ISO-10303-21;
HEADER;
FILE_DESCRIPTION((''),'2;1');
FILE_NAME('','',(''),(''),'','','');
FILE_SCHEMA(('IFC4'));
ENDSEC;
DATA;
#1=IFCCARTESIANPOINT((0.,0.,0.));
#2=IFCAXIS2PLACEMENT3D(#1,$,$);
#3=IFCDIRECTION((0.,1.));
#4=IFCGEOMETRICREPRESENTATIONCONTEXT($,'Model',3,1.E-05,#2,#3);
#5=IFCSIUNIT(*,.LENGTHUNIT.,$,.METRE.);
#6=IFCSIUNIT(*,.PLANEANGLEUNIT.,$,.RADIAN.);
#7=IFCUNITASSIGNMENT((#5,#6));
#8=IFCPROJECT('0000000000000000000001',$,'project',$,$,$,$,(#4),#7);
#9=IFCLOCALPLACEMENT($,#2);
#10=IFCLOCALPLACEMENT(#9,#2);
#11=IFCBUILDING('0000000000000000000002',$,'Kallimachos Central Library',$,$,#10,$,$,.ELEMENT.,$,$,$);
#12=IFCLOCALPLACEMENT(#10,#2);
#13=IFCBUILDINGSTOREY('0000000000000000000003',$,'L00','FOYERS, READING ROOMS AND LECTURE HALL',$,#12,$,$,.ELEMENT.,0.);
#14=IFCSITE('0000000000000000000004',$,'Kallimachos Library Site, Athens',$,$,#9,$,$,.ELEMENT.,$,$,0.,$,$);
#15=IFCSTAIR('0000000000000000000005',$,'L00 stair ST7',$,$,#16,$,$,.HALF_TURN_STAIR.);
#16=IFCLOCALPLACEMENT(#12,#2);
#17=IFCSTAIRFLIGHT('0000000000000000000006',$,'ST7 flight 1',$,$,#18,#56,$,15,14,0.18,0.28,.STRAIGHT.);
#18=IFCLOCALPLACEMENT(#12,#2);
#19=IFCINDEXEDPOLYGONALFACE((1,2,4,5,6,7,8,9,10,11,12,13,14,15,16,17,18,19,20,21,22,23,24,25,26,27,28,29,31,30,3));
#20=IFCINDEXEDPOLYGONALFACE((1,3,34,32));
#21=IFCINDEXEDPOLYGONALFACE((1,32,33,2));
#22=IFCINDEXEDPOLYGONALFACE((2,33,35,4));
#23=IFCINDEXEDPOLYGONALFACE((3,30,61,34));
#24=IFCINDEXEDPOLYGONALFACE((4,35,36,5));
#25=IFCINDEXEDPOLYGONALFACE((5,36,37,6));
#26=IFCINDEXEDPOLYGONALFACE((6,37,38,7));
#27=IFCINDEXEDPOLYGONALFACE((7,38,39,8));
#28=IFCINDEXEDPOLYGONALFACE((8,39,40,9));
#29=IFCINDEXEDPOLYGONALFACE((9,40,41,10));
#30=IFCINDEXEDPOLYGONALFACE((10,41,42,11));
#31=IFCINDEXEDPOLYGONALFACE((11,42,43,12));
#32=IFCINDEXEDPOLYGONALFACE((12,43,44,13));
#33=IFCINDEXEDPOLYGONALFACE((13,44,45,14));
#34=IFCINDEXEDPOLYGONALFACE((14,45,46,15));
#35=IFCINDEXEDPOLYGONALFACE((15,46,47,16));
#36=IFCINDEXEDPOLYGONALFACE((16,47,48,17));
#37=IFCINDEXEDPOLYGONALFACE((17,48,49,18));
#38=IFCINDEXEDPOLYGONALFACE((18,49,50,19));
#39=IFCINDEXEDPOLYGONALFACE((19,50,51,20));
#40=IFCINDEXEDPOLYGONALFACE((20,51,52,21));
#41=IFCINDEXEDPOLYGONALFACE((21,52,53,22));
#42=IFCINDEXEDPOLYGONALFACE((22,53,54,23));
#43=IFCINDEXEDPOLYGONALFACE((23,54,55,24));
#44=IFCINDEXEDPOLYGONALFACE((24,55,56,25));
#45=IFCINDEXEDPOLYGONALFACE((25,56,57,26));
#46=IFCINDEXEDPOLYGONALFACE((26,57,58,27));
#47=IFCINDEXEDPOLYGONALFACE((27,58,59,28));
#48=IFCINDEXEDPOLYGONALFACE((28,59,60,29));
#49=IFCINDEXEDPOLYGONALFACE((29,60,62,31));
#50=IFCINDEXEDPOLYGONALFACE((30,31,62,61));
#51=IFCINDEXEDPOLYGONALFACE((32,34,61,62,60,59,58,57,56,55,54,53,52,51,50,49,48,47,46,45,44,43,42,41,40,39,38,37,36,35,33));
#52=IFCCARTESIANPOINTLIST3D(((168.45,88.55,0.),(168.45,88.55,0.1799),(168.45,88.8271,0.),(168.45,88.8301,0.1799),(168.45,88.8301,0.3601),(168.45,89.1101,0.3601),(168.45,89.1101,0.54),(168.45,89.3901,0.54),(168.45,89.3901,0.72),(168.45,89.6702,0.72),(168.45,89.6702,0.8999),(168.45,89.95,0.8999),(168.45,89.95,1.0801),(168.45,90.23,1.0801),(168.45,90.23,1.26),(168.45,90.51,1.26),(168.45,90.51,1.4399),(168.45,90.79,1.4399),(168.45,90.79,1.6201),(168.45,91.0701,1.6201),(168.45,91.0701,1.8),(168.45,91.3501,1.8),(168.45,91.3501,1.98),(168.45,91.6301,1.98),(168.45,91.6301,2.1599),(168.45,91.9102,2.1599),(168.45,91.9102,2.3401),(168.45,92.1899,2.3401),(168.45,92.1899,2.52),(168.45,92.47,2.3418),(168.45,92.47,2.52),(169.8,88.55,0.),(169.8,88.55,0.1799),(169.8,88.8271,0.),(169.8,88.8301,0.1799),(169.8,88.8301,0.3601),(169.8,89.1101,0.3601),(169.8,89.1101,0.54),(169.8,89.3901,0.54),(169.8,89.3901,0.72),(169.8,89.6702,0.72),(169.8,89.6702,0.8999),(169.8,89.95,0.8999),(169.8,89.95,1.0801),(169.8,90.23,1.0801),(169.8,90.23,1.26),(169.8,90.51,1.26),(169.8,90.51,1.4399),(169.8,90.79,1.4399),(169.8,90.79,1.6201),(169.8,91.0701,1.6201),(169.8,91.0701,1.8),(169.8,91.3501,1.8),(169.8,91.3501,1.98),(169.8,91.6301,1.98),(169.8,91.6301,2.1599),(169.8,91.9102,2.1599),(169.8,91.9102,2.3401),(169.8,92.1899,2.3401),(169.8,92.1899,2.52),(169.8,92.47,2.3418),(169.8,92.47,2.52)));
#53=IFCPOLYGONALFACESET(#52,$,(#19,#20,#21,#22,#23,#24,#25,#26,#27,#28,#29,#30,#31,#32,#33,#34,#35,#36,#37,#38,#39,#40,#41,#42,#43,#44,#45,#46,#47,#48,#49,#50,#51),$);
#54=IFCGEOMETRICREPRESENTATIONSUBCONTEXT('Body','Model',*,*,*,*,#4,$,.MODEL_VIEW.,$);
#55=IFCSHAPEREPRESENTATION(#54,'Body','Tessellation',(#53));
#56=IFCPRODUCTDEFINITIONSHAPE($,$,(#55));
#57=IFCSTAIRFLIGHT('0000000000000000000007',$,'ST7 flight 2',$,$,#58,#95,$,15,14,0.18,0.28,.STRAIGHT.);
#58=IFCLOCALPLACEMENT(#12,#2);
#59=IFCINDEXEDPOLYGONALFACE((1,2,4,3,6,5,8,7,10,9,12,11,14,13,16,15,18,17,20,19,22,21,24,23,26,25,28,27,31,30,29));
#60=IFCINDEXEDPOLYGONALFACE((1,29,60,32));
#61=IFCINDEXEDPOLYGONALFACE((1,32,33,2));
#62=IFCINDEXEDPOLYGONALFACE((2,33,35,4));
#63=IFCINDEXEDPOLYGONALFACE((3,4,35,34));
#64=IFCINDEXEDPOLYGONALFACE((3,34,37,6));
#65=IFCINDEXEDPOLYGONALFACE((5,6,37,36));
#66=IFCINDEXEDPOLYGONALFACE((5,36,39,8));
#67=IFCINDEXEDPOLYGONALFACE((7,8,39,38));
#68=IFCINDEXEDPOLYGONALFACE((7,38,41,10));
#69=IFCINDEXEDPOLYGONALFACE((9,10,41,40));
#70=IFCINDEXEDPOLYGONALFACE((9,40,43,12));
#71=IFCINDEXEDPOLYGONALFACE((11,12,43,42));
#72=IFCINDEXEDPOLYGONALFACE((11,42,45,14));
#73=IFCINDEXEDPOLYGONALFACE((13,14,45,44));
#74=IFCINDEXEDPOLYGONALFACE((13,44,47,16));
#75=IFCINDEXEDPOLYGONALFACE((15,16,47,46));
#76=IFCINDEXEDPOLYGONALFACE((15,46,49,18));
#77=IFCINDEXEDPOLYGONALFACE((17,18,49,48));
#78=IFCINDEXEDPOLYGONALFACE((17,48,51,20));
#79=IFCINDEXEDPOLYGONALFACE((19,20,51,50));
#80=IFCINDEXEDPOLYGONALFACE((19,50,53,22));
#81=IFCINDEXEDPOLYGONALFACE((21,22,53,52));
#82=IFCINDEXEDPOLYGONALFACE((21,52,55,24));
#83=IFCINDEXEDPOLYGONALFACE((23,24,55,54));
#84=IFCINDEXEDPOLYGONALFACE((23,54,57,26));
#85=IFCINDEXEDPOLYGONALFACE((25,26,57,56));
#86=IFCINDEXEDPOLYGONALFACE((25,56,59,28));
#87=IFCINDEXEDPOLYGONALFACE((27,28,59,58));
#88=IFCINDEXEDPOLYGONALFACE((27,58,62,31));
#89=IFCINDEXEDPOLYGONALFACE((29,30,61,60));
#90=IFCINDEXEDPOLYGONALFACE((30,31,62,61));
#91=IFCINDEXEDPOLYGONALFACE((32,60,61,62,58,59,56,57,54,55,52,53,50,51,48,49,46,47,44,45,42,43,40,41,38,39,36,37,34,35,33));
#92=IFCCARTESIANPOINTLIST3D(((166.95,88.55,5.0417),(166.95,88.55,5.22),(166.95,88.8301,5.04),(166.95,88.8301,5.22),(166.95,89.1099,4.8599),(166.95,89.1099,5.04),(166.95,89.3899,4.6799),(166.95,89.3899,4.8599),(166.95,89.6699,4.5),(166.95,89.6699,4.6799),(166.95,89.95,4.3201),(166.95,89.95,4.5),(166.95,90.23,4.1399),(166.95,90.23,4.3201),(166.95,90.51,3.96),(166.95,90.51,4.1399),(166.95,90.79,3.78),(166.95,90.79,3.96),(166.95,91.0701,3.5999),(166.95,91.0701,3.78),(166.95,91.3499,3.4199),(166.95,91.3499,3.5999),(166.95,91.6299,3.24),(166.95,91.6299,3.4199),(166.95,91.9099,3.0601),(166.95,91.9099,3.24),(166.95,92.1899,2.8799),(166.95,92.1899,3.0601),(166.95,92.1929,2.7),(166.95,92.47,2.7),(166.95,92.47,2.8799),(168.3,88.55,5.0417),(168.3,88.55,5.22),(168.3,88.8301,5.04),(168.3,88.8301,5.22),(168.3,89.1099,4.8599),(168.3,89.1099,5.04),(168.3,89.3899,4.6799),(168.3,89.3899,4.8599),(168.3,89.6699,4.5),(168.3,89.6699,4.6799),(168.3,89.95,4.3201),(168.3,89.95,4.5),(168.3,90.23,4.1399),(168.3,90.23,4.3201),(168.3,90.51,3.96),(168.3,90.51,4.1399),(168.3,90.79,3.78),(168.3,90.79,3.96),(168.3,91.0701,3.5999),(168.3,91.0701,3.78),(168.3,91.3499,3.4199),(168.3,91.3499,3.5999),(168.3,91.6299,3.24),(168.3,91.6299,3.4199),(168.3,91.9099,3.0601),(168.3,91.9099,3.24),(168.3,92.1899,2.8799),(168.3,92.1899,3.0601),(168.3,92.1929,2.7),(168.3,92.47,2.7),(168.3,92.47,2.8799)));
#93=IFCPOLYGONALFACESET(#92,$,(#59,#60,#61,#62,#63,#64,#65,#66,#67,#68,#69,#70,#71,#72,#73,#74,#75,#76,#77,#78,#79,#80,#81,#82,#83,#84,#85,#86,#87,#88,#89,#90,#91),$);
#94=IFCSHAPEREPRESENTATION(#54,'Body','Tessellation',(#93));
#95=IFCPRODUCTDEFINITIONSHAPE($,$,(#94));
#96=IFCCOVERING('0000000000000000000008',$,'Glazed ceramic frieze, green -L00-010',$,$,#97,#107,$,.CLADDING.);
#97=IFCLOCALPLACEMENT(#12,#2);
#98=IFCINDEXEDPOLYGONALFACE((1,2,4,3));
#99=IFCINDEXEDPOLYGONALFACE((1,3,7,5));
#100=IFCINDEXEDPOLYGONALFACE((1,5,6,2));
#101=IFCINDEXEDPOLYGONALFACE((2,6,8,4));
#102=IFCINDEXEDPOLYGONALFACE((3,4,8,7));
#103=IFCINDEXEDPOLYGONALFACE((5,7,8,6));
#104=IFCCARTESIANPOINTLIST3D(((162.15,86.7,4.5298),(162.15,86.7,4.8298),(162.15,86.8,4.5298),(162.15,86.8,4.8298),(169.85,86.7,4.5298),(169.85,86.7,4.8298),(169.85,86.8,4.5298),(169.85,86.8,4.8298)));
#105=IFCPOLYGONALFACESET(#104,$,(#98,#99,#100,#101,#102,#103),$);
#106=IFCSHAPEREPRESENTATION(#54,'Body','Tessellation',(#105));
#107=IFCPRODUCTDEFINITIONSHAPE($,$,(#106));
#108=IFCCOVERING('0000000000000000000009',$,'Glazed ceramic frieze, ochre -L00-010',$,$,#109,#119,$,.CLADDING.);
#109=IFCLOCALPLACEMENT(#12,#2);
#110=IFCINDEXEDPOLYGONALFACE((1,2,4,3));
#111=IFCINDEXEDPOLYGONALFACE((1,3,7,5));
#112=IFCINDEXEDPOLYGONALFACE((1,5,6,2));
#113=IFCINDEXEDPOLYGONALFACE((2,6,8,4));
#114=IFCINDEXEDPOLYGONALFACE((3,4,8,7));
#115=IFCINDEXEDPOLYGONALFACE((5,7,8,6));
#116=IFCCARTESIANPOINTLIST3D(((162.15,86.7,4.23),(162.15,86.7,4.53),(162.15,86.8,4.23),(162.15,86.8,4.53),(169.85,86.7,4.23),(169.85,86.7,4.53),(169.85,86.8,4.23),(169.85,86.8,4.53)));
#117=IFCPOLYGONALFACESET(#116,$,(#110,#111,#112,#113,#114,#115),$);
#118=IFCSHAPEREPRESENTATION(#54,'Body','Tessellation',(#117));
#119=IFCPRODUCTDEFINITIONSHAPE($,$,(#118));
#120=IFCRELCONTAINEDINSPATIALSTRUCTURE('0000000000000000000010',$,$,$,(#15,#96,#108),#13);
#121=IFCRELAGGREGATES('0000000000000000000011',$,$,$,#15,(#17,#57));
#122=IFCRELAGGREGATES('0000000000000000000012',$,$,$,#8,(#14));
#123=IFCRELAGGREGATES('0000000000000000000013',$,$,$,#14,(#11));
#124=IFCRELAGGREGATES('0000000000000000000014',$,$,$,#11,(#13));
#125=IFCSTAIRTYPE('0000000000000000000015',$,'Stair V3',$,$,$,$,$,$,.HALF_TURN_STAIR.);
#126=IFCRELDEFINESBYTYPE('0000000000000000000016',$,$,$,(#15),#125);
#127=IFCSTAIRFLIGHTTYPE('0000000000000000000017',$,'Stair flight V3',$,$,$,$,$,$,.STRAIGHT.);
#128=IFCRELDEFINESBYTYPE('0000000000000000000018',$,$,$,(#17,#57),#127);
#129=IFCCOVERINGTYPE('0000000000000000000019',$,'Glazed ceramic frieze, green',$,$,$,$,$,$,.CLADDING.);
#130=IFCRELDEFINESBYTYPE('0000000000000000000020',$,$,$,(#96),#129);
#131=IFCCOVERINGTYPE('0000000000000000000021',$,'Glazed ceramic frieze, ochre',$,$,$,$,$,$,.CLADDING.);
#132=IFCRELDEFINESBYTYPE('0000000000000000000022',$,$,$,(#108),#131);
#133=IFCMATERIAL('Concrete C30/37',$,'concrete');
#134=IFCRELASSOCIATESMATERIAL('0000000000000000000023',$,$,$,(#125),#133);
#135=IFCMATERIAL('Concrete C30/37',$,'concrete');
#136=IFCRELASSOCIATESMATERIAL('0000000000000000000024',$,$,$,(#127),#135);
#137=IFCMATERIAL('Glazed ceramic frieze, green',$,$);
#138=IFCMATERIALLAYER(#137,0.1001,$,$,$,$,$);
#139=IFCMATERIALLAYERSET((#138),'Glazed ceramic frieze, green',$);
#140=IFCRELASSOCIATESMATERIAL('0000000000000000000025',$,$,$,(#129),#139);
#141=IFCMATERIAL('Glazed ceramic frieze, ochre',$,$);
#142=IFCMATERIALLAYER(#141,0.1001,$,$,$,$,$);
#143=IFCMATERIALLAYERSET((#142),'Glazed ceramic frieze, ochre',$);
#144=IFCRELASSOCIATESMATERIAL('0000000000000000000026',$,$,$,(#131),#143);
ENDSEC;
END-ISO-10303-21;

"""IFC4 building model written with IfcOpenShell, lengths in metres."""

from ifc_helpers import new_model, si_unit, direction, frame, origin, origin_2d, place, context, subcontext, project, spatial, polyline, rectangle, outline, extrude, material, layer, layer_set, type_object, element, aggregate, save


model = new_model("IFC4")

# Units and contexts
model_context = context("Model", 3, precision=1e-05, world=origin(), true_north=direction((0.0, 1.0)))
body_context = subcontext(model_context, "Body", "Model", "MODEL_VIEW")
ifc_project = project(units=[si_unit("LENGTHUNIT", "METRE"), si_unit("PLANEANGLEUNIT", "RADIAN")], contexts=[model_context])

# Site, building, storey
site_placement = place(None, origin())
site = spatial("IfcSite", under=ifc_project, at=site_placement, Name="Kallimachos Library Site, Athens", CompositionType="ELEMENT", RefElevation=0.0)
building_placement = place(site_placement, origin())
building = spatial("IfcBuilding", under=site, at=building_placement, Name="Kallimachos Central Library", CompositionType="ELEMENT")
storey_placement = place(building_placement, origin())
storey = spatial("IfcBuildingStorey", under=building, at=storey_placement, Name="L00", Description="FOYERS, READING ROOMS AND LECTURE HALL", CompositionType="ELEMENT", Elevation=0.0)

# Stair, stair flights
ifc_material_1 = material(Name="Concrete C30/37", Category="concrete")
stair_type = type_object("IfcStairType", Name="Stair V3", PredefinedType="HALF_TURN_STAIR", material=ifc_material_1)
stair_placement = place(storey_placement, origin())
stair = element("IfcStair", 1, at=stair_placement, inside=storey, type_object=stair_type, Name="L00 stair ST7", PredefinedType="HALF_TURN_STAIR")
ifc_material_2 = material(Name="Concrete C30/37", Category="concrete")
stair_flight_type = type_object("IfcStairFlightType", Name="Stair flight V3", PredefinedType="STRAIGHT", material=ifc_material_2)
stair_flight_1_placement = place(storey_placement, frame((169.125, 88.55, 0.0), z_axis=(0.0, 0.0, 1.0), x_axis=(0.0, 1.0, 0.0)))
stair_flight_1 = element("IfcStairFlight", 2, at=stair_flight_1_placement, type_object=stair_flight_type, Name="ST7 flight 1", NumberOfRisers=15, NumberOfTreads=14, PredefinedType="STRAIGHT", RiserHeight=0.18, TreadLength=0.28, context=body_context, shape_type="SweptSolid", body=[
    extrude(outline(polyline([(0.0, 0.0), (0.0, 0.1799), (0.28, 0.1799), (0.28, 0.3601), (0.5601, 0.3601), (0.5601, 0.54), (0.8401, 0.54), (0.8401, 0.72), (1.1201, 0.72), (1.1201, 0.8999), (1.3999, 0.8999), (1.3999, 1.0801), (1.6799, 1.0801), (1.6799, 1.26), (1.96, 1.26), (1.96, 1.4399), (2.24, 1.4399), (2.24, 1.6201), (2.52, 1.6201), (2.52, 1.8), (2.8, 1.8), (2.8, 1.98), (3.0801, 1.98), (3.0801, 2.1599), (3.3601, 2.1599), (3.3601, 2.3401), (3.6399, 2.3401), (3.6399, 2.52), (3.9199, 2.52), (3.9199, 2.7), (3.9199, 2.3418), (0.2771, 0.0), (0.0, 0.0)])), frame((0.0, 0.675, 0.0), z_axis=(0.0, -1.0, 0.0), x_axis=(1.0, 0.0, 0.0)), (0.0, 0.0, 1.0), 1.3501),
])
stair_flight_2_placement = place(storey_placement, frame((167.625, 92.47, 2.7), z_axis=(0.0, 0.0, 1.0), x_axis=(0.0, -1.0, 0.0)))
stair_flight_2 = element("IfcStairFlight", 3, at=stair_flight_2_placement, type_object=stair_flight_type, Name="ST7 flight 2", NumberOfRisers=15, NumberOfTreads=14, PredefinedType="STRAIGHT", RiserHeight=0.18, TreadLength=0.28, context=body_context, shape_type="SweptSolid", body=[
    extrude(outline(polyline([(0.0, 0.0), (0.0, 0.1799), (0.28, 0.1799), (0.28, 0.3601), (0.5601, 0.3601), (0.5601, 0.54), (0.8401, 0.54), (0.8401, 0.72), (1.1201, 0.72), (1.1201, 0.8999), (1.3999, 0.8999), (1.3999, 1.0801), (1.6799, 1.0801), (1.6799, 1.26), (1.96, 1.26), (1.96, 1.4399), (2.24, 1.4399), (2.24, 1.6201), (2.52, 1.6201), (2.52, 1.8), (2.8, 1.8), (2.8, 1.98), (3.0801, 1.98), (3.0801, 2.1599), (3.3601, 2.1599), (3.3601, 2.3401), (3.6399, 2.3401), (3.6399, 2.52), (3.9199, 2.52), (3.9199, 2.7), (3.9199, 2.3418), (0.2771, 0.0), (0.0, 0.0)])), frame((0.0, 0.675, 0.0), z_axis=(0.0, -1.0, 0.0), x_axis=(1.0, 0.0, 0.0)), (0.0, 0.0, 1.0), 1.3501),
])
aggregate(stair, [stair_flight_1, stair_flight_2])

# Coverings
ifc_material_3 = material(Name="Glazed ceramic frieze, green")
ifc_layer_1 = layer(ifc_material_3, 0.1001)
ifc_layer_set_1 = layer_set([ifc_layer_1], Name="Glazed ceramic frieze, green")
covering_type_1 = type_object("IfcCoveringType", Name="Glazed ceramic frieze, green", PredefinedType="CLADDING", material=ifc_layer_set_1)
covering_1_placement = place(storey_placement, frame((166.0, 86.75, 4.5298), z_axis=(0.0, 0.0, 1.0), x_axis=(1.0, 0.0, 0.0)))
element("IfcCovering", 4, at=covering_1_placement, inside=storey, type_object=covering_type_1, Name="Glazed ceramic frieze, green -L00-010", PredefinedType="CLADDING", context=body_context, shape_type="SweptSolid", body=[
    extrude(rectangle(XDim=7.7, YDim=0.1001, at=origin_2d()), origin(), (0.0, 0.0, 1.0), 0.3),
])
ifc_material_4 = material(Name="Glazed ceramic frieze, ochre")
ifc_layer_2 = layer(ifc_material_4, 0.1001)
ifc_layer_set_2 = layer_set([ifc_layer_2], Name="Glazed ceramic frieze, ochre")
covering_type_2 = type_object("IfcCoveringType", Name="Glazed ceramic frieze, ochre", PredefinedType="CLADDING", material=ifc_layer_set_2)
covering_2_placement = place(storey_placement, frame((166.0, 86.75, 4.23), z_axis=(0.0, 0.0, 1.0), x_axis=(1.0, 0.0, 0.0)))
element("IfcCovering", 5, at=covering_2_placement, inside=storey, type_object=covering_type_2, Name="Glazed ceramic frieze, ochre -L00-010", PredefinedType="CLADDING", context=body_context, shape_type="SweptSolid", body=[
    extrude(rectangle(XDim=7.7, YDim=0.1001, at=origin_2d()), origin(), (0.0, 0.0, 1.0), 0.3),
])

save(model, "model.ifc")
